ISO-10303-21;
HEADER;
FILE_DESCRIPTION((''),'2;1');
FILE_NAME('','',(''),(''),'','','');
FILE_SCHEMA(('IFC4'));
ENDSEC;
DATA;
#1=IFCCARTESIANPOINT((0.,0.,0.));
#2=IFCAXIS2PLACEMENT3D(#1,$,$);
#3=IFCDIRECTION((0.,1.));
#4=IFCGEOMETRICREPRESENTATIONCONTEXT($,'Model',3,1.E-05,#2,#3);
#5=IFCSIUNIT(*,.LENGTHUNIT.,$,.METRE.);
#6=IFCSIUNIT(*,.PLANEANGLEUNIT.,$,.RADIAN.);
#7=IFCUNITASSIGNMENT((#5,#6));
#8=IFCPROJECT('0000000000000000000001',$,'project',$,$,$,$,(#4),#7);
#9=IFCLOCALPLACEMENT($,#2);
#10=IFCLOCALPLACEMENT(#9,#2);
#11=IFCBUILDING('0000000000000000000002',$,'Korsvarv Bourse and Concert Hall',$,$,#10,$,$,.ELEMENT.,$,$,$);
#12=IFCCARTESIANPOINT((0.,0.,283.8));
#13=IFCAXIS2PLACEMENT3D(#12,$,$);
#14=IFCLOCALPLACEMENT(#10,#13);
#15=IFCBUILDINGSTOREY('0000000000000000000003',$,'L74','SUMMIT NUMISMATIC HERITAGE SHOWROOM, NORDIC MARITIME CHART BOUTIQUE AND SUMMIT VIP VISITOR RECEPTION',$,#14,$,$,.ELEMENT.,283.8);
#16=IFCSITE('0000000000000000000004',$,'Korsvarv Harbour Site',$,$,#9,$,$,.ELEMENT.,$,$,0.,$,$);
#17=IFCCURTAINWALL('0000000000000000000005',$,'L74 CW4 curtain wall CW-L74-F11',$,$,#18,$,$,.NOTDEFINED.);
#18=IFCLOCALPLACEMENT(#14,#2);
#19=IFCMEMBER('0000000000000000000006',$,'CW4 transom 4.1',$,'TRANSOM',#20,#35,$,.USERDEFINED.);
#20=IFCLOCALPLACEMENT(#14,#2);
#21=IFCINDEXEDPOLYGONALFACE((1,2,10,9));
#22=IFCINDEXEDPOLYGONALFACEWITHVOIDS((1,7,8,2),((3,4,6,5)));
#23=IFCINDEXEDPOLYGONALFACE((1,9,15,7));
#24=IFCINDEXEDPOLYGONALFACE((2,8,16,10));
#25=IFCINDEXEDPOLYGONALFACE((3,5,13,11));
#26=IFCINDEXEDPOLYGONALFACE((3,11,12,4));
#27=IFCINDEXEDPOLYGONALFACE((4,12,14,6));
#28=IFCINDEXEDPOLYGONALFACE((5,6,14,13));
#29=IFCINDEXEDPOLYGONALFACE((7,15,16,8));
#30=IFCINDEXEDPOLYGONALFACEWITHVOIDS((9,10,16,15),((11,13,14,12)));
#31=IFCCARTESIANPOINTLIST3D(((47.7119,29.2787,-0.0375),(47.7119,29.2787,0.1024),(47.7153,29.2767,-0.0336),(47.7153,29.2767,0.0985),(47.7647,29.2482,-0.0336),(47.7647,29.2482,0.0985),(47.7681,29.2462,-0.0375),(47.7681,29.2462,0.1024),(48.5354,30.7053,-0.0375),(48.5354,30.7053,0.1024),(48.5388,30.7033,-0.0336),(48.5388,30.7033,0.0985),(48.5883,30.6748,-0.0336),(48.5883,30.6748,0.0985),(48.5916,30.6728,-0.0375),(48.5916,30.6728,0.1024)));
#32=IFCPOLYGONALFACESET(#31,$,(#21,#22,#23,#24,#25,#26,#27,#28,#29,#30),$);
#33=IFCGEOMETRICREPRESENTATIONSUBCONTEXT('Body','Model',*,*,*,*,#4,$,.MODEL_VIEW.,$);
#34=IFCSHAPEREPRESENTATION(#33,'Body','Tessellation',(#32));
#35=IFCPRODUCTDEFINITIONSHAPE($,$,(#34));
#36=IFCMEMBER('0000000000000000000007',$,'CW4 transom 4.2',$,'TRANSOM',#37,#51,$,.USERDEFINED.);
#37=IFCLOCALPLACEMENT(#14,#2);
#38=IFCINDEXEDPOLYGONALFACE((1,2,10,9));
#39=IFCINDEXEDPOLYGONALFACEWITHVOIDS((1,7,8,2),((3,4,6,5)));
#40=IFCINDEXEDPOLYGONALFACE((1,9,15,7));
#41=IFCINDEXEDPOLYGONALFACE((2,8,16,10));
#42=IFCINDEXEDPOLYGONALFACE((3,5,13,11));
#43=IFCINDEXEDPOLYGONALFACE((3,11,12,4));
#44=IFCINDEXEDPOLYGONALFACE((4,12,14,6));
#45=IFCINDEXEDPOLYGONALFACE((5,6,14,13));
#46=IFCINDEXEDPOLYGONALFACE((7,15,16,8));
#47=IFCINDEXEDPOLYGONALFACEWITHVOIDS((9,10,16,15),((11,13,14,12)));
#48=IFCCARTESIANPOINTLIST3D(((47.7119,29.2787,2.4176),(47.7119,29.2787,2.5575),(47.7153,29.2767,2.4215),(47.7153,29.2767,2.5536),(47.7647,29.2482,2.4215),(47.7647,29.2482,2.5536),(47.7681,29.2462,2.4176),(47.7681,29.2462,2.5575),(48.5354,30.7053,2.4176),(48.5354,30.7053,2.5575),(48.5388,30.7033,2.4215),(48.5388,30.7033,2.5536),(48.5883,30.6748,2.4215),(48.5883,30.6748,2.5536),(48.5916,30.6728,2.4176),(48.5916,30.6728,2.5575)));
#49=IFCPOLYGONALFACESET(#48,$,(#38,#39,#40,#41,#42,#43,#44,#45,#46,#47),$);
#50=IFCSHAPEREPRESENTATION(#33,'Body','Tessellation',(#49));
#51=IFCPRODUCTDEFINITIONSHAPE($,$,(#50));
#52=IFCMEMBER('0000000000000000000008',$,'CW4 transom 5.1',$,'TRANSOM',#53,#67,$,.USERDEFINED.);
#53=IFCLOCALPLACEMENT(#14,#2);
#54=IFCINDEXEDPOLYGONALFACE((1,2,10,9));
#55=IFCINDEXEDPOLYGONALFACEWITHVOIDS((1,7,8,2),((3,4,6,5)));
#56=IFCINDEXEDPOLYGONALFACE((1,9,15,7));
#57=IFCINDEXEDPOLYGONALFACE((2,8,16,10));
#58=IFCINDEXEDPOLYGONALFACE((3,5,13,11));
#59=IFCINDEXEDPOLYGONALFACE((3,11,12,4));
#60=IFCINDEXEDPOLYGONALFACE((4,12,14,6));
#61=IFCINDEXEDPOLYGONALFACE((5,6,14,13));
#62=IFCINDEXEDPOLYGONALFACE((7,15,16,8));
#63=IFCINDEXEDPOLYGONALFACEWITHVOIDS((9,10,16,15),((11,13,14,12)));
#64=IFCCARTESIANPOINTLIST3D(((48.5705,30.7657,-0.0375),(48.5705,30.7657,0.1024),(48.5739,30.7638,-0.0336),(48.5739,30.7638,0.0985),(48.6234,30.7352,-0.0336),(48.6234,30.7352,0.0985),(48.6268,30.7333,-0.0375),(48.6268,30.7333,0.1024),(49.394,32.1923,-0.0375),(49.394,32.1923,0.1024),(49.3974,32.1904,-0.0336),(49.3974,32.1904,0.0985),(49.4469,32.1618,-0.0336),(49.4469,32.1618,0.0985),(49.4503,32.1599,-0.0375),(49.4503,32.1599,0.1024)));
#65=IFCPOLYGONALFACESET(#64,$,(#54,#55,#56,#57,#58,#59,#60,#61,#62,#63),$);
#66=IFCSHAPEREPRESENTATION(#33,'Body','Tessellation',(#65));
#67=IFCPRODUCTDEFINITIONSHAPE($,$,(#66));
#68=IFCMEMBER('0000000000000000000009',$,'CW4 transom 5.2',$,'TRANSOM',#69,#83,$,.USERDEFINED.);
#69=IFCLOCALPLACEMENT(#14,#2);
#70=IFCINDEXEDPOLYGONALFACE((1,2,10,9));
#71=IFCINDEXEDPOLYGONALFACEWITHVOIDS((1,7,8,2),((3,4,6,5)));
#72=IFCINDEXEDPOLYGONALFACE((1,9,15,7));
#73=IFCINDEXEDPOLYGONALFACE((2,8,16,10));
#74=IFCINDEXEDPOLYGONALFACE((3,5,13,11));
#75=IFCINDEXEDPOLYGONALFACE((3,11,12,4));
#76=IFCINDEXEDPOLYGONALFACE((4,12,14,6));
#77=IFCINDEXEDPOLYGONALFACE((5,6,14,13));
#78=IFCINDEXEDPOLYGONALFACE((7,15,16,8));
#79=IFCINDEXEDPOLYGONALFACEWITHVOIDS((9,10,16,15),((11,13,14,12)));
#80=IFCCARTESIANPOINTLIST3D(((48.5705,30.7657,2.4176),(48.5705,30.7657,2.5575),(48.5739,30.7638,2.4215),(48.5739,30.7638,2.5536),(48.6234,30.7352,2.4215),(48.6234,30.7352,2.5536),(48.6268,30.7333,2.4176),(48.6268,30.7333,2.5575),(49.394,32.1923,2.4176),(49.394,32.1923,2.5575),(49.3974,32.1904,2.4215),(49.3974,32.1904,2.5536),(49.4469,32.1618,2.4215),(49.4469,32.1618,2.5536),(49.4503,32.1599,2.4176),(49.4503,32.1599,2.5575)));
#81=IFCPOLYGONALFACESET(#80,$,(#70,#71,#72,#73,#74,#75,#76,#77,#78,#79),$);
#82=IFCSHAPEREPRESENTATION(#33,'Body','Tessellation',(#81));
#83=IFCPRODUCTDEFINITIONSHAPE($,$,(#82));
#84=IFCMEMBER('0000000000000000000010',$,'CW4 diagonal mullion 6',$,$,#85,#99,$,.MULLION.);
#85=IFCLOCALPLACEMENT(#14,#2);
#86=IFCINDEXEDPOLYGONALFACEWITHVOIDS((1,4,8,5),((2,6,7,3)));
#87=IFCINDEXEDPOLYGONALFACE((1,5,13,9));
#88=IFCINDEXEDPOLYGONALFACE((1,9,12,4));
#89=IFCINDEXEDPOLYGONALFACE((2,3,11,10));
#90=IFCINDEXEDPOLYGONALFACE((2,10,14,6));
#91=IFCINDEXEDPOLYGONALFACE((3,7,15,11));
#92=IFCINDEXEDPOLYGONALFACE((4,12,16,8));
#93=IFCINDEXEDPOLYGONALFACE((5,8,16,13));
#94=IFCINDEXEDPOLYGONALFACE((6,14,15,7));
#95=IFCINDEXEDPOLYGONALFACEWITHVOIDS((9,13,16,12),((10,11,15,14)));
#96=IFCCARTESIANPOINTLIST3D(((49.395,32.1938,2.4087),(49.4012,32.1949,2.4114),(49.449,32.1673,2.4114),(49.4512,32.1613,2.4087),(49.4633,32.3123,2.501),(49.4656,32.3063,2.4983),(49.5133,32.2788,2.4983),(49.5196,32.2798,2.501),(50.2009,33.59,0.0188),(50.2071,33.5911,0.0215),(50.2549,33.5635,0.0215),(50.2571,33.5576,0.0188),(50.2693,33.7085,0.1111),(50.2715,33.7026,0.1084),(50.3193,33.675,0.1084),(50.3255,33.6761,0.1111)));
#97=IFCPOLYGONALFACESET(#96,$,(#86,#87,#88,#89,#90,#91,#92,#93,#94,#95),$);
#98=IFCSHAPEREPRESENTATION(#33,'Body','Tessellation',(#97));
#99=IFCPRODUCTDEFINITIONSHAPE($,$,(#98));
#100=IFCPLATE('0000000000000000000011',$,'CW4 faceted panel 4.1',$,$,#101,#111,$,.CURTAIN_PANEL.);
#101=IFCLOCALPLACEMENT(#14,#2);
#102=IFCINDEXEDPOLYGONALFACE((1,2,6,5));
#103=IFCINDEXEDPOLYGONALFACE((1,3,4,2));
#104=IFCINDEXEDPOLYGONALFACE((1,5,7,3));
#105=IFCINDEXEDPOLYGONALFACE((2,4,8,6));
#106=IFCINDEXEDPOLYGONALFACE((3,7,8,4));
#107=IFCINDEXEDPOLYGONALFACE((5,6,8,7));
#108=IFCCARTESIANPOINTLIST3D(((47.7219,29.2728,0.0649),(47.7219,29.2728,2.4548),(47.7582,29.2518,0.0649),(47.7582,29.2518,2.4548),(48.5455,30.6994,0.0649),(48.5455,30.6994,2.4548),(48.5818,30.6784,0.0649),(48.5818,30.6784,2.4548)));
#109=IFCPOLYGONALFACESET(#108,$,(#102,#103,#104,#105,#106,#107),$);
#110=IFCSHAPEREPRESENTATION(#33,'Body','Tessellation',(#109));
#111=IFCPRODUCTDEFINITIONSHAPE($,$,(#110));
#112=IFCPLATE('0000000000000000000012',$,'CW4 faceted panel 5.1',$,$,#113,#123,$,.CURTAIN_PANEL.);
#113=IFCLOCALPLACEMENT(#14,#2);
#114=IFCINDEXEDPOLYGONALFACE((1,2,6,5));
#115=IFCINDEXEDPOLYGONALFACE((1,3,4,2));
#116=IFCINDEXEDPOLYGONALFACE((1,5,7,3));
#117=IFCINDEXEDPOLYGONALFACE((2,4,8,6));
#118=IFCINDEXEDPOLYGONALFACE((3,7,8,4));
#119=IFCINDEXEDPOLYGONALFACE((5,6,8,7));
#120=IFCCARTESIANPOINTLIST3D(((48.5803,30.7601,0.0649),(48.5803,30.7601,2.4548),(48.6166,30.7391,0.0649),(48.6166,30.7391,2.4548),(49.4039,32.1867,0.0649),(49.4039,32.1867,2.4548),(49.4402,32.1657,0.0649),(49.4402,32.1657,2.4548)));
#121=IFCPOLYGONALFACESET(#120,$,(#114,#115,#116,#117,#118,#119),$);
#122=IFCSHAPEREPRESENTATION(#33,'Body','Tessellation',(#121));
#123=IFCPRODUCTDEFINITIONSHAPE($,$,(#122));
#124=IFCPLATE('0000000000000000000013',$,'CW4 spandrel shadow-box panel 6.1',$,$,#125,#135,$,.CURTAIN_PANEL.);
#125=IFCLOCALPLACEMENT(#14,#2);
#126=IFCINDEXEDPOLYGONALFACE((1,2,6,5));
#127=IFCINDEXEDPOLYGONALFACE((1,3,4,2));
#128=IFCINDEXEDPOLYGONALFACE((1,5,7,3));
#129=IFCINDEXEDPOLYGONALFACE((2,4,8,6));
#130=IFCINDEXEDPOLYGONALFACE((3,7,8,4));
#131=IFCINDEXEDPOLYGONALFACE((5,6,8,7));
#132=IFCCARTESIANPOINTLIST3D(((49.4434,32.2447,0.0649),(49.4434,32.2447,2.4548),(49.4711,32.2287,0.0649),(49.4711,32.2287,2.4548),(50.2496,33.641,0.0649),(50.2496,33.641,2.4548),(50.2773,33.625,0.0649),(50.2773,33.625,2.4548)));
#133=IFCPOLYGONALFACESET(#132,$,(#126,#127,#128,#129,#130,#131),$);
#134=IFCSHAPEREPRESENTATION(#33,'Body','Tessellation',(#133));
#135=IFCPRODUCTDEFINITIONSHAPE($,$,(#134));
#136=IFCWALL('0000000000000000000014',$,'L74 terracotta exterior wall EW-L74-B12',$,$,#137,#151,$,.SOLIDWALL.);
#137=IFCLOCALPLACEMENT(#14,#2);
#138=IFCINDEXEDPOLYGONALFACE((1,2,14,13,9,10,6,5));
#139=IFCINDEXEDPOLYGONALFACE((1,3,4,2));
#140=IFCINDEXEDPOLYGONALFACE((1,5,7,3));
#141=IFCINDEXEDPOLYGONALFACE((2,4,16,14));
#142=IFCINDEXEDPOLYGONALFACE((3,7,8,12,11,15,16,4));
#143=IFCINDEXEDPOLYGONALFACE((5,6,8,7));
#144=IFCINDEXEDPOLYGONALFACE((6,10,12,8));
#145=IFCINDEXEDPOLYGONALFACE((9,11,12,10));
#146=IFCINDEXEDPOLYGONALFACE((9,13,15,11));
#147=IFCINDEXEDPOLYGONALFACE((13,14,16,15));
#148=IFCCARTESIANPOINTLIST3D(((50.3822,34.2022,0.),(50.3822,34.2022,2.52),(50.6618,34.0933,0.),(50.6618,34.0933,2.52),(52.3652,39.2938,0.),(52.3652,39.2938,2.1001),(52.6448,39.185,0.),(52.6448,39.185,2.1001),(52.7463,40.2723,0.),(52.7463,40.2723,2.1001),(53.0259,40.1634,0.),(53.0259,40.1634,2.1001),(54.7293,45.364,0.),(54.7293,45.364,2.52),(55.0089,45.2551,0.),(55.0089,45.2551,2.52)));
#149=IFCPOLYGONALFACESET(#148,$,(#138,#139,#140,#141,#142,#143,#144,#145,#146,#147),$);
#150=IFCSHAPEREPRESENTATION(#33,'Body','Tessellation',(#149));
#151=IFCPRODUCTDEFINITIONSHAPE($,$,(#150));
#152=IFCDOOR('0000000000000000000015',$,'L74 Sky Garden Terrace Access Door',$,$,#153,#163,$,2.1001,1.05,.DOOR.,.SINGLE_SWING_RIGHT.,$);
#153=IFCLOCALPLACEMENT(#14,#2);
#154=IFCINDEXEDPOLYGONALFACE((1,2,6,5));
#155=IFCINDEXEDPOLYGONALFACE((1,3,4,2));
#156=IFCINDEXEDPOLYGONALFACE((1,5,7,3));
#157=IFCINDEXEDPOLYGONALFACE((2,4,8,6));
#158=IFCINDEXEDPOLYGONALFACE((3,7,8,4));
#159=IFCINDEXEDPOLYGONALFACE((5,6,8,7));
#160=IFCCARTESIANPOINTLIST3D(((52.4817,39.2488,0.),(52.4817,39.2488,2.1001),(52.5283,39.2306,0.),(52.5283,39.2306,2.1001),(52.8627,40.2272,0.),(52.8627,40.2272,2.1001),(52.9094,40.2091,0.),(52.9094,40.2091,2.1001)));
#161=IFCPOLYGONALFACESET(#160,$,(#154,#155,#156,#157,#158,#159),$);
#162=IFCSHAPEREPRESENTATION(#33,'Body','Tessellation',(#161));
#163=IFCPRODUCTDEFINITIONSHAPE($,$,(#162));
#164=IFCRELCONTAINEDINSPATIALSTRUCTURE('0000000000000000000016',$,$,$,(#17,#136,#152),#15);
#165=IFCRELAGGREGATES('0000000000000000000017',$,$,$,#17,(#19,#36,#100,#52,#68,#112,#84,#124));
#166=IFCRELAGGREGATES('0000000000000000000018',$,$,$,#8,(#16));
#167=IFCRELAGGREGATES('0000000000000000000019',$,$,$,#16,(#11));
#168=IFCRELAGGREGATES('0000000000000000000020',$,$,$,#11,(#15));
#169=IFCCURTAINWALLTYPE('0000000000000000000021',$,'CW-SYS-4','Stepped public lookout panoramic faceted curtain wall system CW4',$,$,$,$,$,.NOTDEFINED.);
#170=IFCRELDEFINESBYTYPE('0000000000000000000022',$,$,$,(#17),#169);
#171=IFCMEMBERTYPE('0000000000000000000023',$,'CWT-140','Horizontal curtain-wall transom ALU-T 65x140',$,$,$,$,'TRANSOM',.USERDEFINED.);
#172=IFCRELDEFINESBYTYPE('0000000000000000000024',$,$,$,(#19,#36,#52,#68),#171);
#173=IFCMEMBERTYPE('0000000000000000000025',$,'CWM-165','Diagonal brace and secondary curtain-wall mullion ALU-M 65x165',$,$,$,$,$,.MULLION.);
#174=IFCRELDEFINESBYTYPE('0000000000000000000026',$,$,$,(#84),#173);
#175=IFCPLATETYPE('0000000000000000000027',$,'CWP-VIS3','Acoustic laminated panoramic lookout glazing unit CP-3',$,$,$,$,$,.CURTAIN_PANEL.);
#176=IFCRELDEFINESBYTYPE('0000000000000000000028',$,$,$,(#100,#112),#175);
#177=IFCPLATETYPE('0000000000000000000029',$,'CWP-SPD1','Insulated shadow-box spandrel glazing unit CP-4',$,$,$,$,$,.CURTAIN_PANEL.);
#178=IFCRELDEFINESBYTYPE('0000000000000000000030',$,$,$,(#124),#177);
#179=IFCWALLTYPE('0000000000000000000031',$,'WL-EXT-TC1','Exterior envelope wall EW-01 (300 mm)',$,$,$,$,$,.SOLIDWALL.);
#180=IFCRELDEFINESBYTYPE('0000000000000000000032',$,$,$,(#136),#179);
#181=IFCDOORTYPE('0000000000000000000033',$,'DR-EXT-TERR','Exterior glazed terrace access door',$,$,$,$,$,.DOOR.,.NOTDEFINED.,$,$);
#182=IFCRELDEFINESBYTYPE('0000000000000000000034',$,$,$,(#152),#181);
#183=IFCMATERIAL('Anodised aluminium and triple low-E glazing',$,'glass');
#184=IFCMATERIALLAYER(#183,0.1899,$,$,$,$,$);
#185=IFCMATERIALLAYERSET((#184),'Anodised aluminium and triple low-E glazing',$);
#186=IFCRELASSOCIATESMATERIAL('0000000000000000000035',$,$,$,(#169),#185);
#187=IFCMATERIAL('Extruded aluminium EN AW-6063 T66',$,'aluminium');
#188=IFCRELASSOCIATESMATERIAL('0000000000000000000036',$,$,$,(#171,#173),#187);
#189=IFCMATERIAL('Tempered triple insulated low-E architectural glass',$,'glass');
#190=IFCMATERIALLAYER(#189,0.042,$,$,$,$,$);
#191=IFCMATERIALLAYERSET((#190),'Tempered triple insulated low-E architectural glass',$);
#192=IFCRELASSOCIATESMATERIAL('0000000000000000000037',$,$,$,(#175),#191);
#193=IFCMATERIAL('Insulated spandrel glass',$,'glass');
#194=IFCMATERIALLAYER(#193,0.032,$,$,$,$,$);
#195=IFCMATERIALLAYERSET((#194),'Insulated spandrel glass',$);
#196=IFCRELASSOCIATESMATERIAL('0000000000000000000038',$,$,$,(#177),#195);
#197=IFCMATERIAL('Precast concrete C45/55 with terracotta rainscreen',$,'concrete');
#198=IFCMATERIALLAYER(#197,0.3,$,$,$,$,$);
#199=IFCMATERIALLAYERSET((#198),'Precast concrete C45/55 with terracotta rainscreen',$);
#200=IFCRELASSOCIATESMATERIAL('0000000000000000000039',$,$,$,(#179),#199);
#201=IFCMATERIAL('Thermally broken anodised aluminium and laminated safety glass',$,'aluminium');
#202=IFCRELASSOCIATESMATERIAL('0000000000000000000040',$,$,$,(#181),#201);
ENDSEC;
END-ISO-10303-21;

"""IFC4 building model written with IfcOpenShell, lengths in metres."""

from ifc_helpers import new_model, si_unit, direction, frame, frame_2d, origin, origin_2d, place, context, subcontext, project, spatial, rectangle, hollow_rectangle, extrude, source, transform, mapped, material, layer, layer_set, material_profile, profile_set, type_object, element, fill, aggregate, save


model = new_model("IFC4")

# Units and contexts
model_context = context("Model", 3, precision=1e-05, world=origin(), true_north=direction((0.0, 1.0)))
body_context = subcontext(model_context, "Body", "Model", "MODEL_VIEW")
ifc_project = project(units=[si_unit("LENGTHUNIT", "METRE"), si_unit("PLANEANGLEUNIT", "RADIAN")], contexts=[model_context])

# Site, building, storey
site_placement = place(None, origin())
site = spatial("IfcSite", under=ifc_project, at=site_placement, Name="Korsvarv Harbour Site", CompositionType="ELEMENT", RefElevation=0.0)
building_placement = place(site_placement, origin())
building = spatial("IfcBuilding", under=site, at=building_placement, Name="Korsvarv Bourse and Concert Hall", CompositionType="ELEMENT")
storey_placement = place(building_placement, frame((0.0, 0.0, 283.8)))
storey = spatial("IfcBuildingStorey", under=building, at=storey_placement, Name="L74", Description="SUMMIT NUMISMATIC HERITAGE SHOWROOM, NORDIC MARITIME CHART BOUTIQUE AND SUMMIT VIP VISITOR RECEPTION", CompositionType="ELEMENT", Elevation=283.8)

# Curtain wall, members, plates
ifc_material_1 = material(Name="Anodised aluminium and triple low-E glazing", Category="glass")
ifc_layer_1 = layer(ifc_material_1, 0.1899)
ifc_layer_set_1 = layer_set([ifc_layer_1], Name="Anodised aluminium and triple low-E glazing")
curtain_wall_type = type_object("IfcCurtainWallType", Name="CW-SYS-4", Description="Stepped public lookout panoramic faceted curtain wall system CW4", PredefinedType="NOTDEFINED", material=ifc_layer_set_1)
curtain_wall_placement = place(storey_placement, origin())
curtain_wall = element("IfcCurtainWall", 1, at=curtain_wall_placement, inside=storey, type_object=curtain_wall_type, Name="L74 CW4 curtain wall CW-L74-F11", PredefinedType="NOTDEFINED")
ifc_material_2 = material(Name="Extruded aluminium EN AW-6063 T66", Category="aluminium")
ifc_material_profile_1 = material_profile(ifc_material_2, hollow_rectangle(XDim=0.0649, YDim=0.1399, WallThickness=0.0039, at=origin_2d()), Name="ALU-T 65x140")
ifc_profile_set_1 = profile_set([ifc_material_profile_1], Name="Extruded aluminium EN AW-6063 T66")
member_type_1 = type_object("IfcMemberType", Name="CWT-140", Description="Horizontal curtain-wall transom ALU-T 65x140", ElementType="TRANSOM", PredefinedType="USERDEFINED", material=ifc_profile_set_1)
shared_shape_1 = source(origin(), body_context, "Body", "SweptSolid", [
    extrude(hollow_rectangle(XDim=0.0649, YDim=0.1399, WallThickness=0.0039, at=origin_2d()), origin(), (0.0, 0.0, 1.0), 1.6472),
])
member_1_placement = place(storey_placement, frame((47.74, 29.2625, 0.0325), z_axis=(0.499949, 0.866055, 0.0), x_axis=(-0.866055, 0.499949, 0.0)))
member_1 = element("IfcMember", 2, at=member_1_placement, type_object=member_type_1, Name="CW4 transom 4.1", ObjectType="TRANSOM", PredefinedType="USERDEFINED", context=body_context, shape_type="MappedRepresentation", body=[
    mapped(shared_shape_1, transform((0.0, 0.0, 0.0), scale=1.0)),
])
member_2_placement = place(storey_placement, frame((47.74, 29.2625, 2.4875), z_axis=(0.499949, 0.866055, 0.0), x_axis=(-0.866055, 0.499949, 0.0)))
member_2 = element("IfcMember", 3, at=member_2_placement, type_object=member_type_1, Name="CW4 transom 4.2", ObjectType="TRANSOM", PredefinedType="USERDEFINED", context=body_context, shape_type="MappedRepresentation", body=[
    mapped(shared_shape_1, transform((0.0, 0.0, 0.0), scale=1.0)),
])
member_3_placement = place(storey_placement, frame((48.5986, 30.7495, 0.0325), z_axis=(0.499949, 0.866055, 0.0), x_axis=(-0.866055, 0.499949, 0.0)))
member_3 = element("IfcMember", 4, at=member_3_placement, type_object=member_type_1, Name="CW4 transom 5.1", ObjectType="TRANSOM", PredefinedType="USERDEFINED", context=body_context, shape_type="MappedRepresentation", body=[
    mapped(shared_shape_1, transform((0.0, 0.0, 0.0), scale=1.0)),
])
member_4_placement = place(storey_placement, frame((48.5986, 30.7495, 2.4875), z_axis=(0.499949, 0.866055, 0.0), x_axis=(-0.866055, 0.499949, 0.0)))
member_4 = element("IfcMember", 5, at=member_4_placement, type_object=member_type_1, Name="CW4 transom 5.2", ObjectType="TRANSOM", PredefinedType="USERDEFINED", context=body_context, shape_type="MappedRepresentation", body=[
    mapped(shared_shape_1, transform((0.0, 0.0, 0.0), scale=1.0)),
])
ifc_material_profile_2 = material_profile(ifc_material_2, hollow_rectangle(XDim=0.0649, YDim=0.165, WallThickness=0.0049, at=origin_2d()), Name="ALU-M 65x165")
ifc_profile_set_2 = profile_set([ifc_material_profile_2], Name="Extruded aluminium EN AW-6063 T66")
member_type_2 = type_object("IfcMemberType", Name="CWM-165", Description="Diagonal brace and secondary curtain-wall mullion ALU-M 65x165", PredefinedType="MULLION", material=ifc_profile_set_2)
shared_shape_2 = source(origin(), body_context, "Body", "SweptSolid", [
    extrude(hollow_rectangle(XDim=0.0649, YDim=0.165, WallThickness=0.0049, at=origin_2d()), origin(), (0.0, 0.0, 1.0), 2.8828),
])
member_5_placement = place(storey_placement, frame((50.2632, 33.6331, 0.0649), z_axis=(-0.279557, -0.484334, 0.829017), x_axis=(0.866082, -0.499902, 0.0)))
member_5 = element("IfcMember", 6, at=member_5_placement, type_object=member_type_2, Name="CW4 diagonal mullion 6", PredefinedType="MULLION", context=body_context, shape_type="MappedRepresentation", body=[
    mapped(shared_shape_2, transform((0.0, 0.0, 0.0), scale=1.0)),
])
ifc_material_3 = material(Name="Tempered triple insulated low-E architectural glass", Category="glass")
ifc_layer_2 = layer(ifc_material_3, 0.042)
ifc_layer_set_2 = layer_set([ifc_layer_2], Name="Tempered triple insulated low-E architectural glass")
plate_type_1 = type_object("IfcPlateType", Name="CWP-VIS3", Description="Acoustic laminated panoramic lookout glazing unit CP-3", PredefinedType="CURTAIN_PANEL", material=ifc_layer_set_2)
shared_shape_3 = source(origin(), body_context, "Body", "SweptSolid", [
    extrude(rectangle(XDim=1.6472, YDim=0.042, at=origin_2d()), origin(), (0.0, 0.0, 1.0), 2.3899),
])
plate_1_placement = place(storey_placement, frame((48.1519, 29.9756, 0.0649), z_axis=(0.0, 0.0, 1.0), x_axis=(0.499996, 0.866028, 0.0)))
plate_1 = element("IfcPlate", 7, at=plate_1_placement, type_object=plate_type_1, Name="CW4 faceted panel 4.1", PredefinedType="CURTAIN_PANEL", context=body_context, shape_type="MappedRepresentation", body=[
    mapped(shared_shape_3, transform((0.0, 0.0, 0.0), scale=1.0)),
])
plate_2_placement = place(storey_placement, frame((49.0103, 31.4629, 0.0649), z_axis=(0.0, 0.0, 1.0), x_axis=(0.499996, 0.866028, 0.0)))
plate_2 = element("IfcPlate", 8, at=plate_2_placement, type_object=plate_type_1, Name="CW4 faceted panel 5.1", PredefinedType="CURTAIN_PANEL", context=body_context, shape_type="MappedRepresentation", body=[
    mapped(shared_shape_3, transform((0.0, 0.0, 0.0), scale=1.0)),
])
ifc_material_4 = material(Name="Insulated spandrel glass", Category="glass")
ifc_layer_3 = layer(ifc_material_4, 0.032)
ifc_layer_set_3 = layer_set([ifc_layer_3], Name="Insulated spandrel glass")
plate_type_2 = type_object("IfcPlateType", Name="CWP-SPD1", Description="Insulated shadow-box spandrel glazing unit CP-4", PredefinedType="CURTAIN_PANEL", material=ifc_layer_set_3)
shared_shape_4 = source(origin(), body_context, "Body", "SweptSolid", [
    extrude(rectangle(XDim=1.6123, YDim=0.032, at=origin_2d()), origin(), (0.0, 0.0, 1.0), 2.3899),
])
plate_3_placement = place(storey_placement, frame((49.8604, 32.9348, 0.0649), z_axis=(0.0, 0.0, 1.0), x_axis=(0.499996, 0.866028, 0.0)))
plate_3 = element("IfcPlate", 9, at=plate_3_placement, type_object=plate_type_2, Name="CW4 spandrel shadow-box panel 6.1", PredefinedType="CURTAIN_PANEL", context=body_context, shape_type="MappedRepresentation", body=[
    mapped(shared_shape_4, transform((0.0, 0.0, 0.0), scale=1.0)),
])
aggregate(curtain_wall, [member_1, member_2, plate_1, member_3, member_4, plate_2, member_5, plate_3])

# Wall, opening, door
ifc_material_5 = material(Name="Precast concrete C45/55 with terracotta rainscreen", Category="concrete")
ifc_layer_4 = layer(ifc_material_5, 0.3)
ifc_layer_set_4 = layer_set([ifc_layer_4], Name="Precast concrete C45/55 with terracotta rainscreen")
wall_type = type_object("IfcWallType", Name="WL-EXT-TC1", Description="Exterior envelope wall EW-01 (300 mm)", PredefinedType="SOLIDWALL", material=ifc_layer_set_4)
wall_placement = place(storey_placement, frame((50.522, 34.1477, 0.0), z_axis=(0.0, 0.0, 1.0), x_axis=(0.362913, 0.931823, 0.0)))
wall = element("IfcWall", 10, at=wall_placement, inside=storey, type_object=wall_type, Name="L74 terracotta exterior wall EW-L74-B12", PredefinedType="SOLIDWALL", context=body_context, shape_type="SweptSolid", body=[
    extrude(rectangle(XDim=11.9785, YDim=0.3, at=frame_2d((5.9893, 0.0))), origin(), (0.0, 0.0, 1.0), 2.52),
])
opening_placement = place(wall_placement, frame((5.4644, 0.0, 0.0)))
opening = element("IfcOpeningElement", 11, at=opening_placement, cuts=wall, PredefinedType="OPENING", context=body_context, shape_type="SweptSolid", body=[
    extrude(rectangle(XDim=1.05, YDim=2.1001, at=frame_2d((0.5249, 1.05))), frame((0.0, 0.1602, 0.0), z_axis=(0.0, -1.0, 0.0), x_axis=(1.0, 0.0, 0.0)), (0.0, 0.0, 1.0), 0.3201),
])
ifc_material_6 = material(Name="Thermally broken anodised aluminium and laminated safety glass", Category="aluminium")
door_type = type_object("IfcDoorType", Name="DR-EXT-TERR", Description="Exterior glazed terrace access door", OperationType="NOTDEFINED", PredefinedType="DOOR", material=ifc_material_6)
door_placement = place(opening_placement, frame((1.05, 0.0, 0.0), z_axis=(0.0, 0.0, 1.0), x_axis=(-1.0, 0.0, 0.0)))
door = element("IfcDoor", 12, at=door_placement, inside=storey, type_object=door_type, Name="L74 Sky Garden Terrace Access Door", OperationType="SINGLE_SWING_RIGHT", OverallHeight=2.1001, OverallWidth=1.05, PredefinedType="DOOR", context=body_context, shape_type="SweptSolid", body=[
    extrude(rectangle(XDim=1.05, YDim=2.1001, at=frame_2d((0.5249, 1.05))), frame((0.0, 0.0249, 0.0), z_axis=(0.0, -1.0, 0.0), x_axis=(1.0, 0.0, 0.0)), (0.0, 0.0, 1.0), 0.05),
])
fill(opening, door)

save(model, "model.ifc")
